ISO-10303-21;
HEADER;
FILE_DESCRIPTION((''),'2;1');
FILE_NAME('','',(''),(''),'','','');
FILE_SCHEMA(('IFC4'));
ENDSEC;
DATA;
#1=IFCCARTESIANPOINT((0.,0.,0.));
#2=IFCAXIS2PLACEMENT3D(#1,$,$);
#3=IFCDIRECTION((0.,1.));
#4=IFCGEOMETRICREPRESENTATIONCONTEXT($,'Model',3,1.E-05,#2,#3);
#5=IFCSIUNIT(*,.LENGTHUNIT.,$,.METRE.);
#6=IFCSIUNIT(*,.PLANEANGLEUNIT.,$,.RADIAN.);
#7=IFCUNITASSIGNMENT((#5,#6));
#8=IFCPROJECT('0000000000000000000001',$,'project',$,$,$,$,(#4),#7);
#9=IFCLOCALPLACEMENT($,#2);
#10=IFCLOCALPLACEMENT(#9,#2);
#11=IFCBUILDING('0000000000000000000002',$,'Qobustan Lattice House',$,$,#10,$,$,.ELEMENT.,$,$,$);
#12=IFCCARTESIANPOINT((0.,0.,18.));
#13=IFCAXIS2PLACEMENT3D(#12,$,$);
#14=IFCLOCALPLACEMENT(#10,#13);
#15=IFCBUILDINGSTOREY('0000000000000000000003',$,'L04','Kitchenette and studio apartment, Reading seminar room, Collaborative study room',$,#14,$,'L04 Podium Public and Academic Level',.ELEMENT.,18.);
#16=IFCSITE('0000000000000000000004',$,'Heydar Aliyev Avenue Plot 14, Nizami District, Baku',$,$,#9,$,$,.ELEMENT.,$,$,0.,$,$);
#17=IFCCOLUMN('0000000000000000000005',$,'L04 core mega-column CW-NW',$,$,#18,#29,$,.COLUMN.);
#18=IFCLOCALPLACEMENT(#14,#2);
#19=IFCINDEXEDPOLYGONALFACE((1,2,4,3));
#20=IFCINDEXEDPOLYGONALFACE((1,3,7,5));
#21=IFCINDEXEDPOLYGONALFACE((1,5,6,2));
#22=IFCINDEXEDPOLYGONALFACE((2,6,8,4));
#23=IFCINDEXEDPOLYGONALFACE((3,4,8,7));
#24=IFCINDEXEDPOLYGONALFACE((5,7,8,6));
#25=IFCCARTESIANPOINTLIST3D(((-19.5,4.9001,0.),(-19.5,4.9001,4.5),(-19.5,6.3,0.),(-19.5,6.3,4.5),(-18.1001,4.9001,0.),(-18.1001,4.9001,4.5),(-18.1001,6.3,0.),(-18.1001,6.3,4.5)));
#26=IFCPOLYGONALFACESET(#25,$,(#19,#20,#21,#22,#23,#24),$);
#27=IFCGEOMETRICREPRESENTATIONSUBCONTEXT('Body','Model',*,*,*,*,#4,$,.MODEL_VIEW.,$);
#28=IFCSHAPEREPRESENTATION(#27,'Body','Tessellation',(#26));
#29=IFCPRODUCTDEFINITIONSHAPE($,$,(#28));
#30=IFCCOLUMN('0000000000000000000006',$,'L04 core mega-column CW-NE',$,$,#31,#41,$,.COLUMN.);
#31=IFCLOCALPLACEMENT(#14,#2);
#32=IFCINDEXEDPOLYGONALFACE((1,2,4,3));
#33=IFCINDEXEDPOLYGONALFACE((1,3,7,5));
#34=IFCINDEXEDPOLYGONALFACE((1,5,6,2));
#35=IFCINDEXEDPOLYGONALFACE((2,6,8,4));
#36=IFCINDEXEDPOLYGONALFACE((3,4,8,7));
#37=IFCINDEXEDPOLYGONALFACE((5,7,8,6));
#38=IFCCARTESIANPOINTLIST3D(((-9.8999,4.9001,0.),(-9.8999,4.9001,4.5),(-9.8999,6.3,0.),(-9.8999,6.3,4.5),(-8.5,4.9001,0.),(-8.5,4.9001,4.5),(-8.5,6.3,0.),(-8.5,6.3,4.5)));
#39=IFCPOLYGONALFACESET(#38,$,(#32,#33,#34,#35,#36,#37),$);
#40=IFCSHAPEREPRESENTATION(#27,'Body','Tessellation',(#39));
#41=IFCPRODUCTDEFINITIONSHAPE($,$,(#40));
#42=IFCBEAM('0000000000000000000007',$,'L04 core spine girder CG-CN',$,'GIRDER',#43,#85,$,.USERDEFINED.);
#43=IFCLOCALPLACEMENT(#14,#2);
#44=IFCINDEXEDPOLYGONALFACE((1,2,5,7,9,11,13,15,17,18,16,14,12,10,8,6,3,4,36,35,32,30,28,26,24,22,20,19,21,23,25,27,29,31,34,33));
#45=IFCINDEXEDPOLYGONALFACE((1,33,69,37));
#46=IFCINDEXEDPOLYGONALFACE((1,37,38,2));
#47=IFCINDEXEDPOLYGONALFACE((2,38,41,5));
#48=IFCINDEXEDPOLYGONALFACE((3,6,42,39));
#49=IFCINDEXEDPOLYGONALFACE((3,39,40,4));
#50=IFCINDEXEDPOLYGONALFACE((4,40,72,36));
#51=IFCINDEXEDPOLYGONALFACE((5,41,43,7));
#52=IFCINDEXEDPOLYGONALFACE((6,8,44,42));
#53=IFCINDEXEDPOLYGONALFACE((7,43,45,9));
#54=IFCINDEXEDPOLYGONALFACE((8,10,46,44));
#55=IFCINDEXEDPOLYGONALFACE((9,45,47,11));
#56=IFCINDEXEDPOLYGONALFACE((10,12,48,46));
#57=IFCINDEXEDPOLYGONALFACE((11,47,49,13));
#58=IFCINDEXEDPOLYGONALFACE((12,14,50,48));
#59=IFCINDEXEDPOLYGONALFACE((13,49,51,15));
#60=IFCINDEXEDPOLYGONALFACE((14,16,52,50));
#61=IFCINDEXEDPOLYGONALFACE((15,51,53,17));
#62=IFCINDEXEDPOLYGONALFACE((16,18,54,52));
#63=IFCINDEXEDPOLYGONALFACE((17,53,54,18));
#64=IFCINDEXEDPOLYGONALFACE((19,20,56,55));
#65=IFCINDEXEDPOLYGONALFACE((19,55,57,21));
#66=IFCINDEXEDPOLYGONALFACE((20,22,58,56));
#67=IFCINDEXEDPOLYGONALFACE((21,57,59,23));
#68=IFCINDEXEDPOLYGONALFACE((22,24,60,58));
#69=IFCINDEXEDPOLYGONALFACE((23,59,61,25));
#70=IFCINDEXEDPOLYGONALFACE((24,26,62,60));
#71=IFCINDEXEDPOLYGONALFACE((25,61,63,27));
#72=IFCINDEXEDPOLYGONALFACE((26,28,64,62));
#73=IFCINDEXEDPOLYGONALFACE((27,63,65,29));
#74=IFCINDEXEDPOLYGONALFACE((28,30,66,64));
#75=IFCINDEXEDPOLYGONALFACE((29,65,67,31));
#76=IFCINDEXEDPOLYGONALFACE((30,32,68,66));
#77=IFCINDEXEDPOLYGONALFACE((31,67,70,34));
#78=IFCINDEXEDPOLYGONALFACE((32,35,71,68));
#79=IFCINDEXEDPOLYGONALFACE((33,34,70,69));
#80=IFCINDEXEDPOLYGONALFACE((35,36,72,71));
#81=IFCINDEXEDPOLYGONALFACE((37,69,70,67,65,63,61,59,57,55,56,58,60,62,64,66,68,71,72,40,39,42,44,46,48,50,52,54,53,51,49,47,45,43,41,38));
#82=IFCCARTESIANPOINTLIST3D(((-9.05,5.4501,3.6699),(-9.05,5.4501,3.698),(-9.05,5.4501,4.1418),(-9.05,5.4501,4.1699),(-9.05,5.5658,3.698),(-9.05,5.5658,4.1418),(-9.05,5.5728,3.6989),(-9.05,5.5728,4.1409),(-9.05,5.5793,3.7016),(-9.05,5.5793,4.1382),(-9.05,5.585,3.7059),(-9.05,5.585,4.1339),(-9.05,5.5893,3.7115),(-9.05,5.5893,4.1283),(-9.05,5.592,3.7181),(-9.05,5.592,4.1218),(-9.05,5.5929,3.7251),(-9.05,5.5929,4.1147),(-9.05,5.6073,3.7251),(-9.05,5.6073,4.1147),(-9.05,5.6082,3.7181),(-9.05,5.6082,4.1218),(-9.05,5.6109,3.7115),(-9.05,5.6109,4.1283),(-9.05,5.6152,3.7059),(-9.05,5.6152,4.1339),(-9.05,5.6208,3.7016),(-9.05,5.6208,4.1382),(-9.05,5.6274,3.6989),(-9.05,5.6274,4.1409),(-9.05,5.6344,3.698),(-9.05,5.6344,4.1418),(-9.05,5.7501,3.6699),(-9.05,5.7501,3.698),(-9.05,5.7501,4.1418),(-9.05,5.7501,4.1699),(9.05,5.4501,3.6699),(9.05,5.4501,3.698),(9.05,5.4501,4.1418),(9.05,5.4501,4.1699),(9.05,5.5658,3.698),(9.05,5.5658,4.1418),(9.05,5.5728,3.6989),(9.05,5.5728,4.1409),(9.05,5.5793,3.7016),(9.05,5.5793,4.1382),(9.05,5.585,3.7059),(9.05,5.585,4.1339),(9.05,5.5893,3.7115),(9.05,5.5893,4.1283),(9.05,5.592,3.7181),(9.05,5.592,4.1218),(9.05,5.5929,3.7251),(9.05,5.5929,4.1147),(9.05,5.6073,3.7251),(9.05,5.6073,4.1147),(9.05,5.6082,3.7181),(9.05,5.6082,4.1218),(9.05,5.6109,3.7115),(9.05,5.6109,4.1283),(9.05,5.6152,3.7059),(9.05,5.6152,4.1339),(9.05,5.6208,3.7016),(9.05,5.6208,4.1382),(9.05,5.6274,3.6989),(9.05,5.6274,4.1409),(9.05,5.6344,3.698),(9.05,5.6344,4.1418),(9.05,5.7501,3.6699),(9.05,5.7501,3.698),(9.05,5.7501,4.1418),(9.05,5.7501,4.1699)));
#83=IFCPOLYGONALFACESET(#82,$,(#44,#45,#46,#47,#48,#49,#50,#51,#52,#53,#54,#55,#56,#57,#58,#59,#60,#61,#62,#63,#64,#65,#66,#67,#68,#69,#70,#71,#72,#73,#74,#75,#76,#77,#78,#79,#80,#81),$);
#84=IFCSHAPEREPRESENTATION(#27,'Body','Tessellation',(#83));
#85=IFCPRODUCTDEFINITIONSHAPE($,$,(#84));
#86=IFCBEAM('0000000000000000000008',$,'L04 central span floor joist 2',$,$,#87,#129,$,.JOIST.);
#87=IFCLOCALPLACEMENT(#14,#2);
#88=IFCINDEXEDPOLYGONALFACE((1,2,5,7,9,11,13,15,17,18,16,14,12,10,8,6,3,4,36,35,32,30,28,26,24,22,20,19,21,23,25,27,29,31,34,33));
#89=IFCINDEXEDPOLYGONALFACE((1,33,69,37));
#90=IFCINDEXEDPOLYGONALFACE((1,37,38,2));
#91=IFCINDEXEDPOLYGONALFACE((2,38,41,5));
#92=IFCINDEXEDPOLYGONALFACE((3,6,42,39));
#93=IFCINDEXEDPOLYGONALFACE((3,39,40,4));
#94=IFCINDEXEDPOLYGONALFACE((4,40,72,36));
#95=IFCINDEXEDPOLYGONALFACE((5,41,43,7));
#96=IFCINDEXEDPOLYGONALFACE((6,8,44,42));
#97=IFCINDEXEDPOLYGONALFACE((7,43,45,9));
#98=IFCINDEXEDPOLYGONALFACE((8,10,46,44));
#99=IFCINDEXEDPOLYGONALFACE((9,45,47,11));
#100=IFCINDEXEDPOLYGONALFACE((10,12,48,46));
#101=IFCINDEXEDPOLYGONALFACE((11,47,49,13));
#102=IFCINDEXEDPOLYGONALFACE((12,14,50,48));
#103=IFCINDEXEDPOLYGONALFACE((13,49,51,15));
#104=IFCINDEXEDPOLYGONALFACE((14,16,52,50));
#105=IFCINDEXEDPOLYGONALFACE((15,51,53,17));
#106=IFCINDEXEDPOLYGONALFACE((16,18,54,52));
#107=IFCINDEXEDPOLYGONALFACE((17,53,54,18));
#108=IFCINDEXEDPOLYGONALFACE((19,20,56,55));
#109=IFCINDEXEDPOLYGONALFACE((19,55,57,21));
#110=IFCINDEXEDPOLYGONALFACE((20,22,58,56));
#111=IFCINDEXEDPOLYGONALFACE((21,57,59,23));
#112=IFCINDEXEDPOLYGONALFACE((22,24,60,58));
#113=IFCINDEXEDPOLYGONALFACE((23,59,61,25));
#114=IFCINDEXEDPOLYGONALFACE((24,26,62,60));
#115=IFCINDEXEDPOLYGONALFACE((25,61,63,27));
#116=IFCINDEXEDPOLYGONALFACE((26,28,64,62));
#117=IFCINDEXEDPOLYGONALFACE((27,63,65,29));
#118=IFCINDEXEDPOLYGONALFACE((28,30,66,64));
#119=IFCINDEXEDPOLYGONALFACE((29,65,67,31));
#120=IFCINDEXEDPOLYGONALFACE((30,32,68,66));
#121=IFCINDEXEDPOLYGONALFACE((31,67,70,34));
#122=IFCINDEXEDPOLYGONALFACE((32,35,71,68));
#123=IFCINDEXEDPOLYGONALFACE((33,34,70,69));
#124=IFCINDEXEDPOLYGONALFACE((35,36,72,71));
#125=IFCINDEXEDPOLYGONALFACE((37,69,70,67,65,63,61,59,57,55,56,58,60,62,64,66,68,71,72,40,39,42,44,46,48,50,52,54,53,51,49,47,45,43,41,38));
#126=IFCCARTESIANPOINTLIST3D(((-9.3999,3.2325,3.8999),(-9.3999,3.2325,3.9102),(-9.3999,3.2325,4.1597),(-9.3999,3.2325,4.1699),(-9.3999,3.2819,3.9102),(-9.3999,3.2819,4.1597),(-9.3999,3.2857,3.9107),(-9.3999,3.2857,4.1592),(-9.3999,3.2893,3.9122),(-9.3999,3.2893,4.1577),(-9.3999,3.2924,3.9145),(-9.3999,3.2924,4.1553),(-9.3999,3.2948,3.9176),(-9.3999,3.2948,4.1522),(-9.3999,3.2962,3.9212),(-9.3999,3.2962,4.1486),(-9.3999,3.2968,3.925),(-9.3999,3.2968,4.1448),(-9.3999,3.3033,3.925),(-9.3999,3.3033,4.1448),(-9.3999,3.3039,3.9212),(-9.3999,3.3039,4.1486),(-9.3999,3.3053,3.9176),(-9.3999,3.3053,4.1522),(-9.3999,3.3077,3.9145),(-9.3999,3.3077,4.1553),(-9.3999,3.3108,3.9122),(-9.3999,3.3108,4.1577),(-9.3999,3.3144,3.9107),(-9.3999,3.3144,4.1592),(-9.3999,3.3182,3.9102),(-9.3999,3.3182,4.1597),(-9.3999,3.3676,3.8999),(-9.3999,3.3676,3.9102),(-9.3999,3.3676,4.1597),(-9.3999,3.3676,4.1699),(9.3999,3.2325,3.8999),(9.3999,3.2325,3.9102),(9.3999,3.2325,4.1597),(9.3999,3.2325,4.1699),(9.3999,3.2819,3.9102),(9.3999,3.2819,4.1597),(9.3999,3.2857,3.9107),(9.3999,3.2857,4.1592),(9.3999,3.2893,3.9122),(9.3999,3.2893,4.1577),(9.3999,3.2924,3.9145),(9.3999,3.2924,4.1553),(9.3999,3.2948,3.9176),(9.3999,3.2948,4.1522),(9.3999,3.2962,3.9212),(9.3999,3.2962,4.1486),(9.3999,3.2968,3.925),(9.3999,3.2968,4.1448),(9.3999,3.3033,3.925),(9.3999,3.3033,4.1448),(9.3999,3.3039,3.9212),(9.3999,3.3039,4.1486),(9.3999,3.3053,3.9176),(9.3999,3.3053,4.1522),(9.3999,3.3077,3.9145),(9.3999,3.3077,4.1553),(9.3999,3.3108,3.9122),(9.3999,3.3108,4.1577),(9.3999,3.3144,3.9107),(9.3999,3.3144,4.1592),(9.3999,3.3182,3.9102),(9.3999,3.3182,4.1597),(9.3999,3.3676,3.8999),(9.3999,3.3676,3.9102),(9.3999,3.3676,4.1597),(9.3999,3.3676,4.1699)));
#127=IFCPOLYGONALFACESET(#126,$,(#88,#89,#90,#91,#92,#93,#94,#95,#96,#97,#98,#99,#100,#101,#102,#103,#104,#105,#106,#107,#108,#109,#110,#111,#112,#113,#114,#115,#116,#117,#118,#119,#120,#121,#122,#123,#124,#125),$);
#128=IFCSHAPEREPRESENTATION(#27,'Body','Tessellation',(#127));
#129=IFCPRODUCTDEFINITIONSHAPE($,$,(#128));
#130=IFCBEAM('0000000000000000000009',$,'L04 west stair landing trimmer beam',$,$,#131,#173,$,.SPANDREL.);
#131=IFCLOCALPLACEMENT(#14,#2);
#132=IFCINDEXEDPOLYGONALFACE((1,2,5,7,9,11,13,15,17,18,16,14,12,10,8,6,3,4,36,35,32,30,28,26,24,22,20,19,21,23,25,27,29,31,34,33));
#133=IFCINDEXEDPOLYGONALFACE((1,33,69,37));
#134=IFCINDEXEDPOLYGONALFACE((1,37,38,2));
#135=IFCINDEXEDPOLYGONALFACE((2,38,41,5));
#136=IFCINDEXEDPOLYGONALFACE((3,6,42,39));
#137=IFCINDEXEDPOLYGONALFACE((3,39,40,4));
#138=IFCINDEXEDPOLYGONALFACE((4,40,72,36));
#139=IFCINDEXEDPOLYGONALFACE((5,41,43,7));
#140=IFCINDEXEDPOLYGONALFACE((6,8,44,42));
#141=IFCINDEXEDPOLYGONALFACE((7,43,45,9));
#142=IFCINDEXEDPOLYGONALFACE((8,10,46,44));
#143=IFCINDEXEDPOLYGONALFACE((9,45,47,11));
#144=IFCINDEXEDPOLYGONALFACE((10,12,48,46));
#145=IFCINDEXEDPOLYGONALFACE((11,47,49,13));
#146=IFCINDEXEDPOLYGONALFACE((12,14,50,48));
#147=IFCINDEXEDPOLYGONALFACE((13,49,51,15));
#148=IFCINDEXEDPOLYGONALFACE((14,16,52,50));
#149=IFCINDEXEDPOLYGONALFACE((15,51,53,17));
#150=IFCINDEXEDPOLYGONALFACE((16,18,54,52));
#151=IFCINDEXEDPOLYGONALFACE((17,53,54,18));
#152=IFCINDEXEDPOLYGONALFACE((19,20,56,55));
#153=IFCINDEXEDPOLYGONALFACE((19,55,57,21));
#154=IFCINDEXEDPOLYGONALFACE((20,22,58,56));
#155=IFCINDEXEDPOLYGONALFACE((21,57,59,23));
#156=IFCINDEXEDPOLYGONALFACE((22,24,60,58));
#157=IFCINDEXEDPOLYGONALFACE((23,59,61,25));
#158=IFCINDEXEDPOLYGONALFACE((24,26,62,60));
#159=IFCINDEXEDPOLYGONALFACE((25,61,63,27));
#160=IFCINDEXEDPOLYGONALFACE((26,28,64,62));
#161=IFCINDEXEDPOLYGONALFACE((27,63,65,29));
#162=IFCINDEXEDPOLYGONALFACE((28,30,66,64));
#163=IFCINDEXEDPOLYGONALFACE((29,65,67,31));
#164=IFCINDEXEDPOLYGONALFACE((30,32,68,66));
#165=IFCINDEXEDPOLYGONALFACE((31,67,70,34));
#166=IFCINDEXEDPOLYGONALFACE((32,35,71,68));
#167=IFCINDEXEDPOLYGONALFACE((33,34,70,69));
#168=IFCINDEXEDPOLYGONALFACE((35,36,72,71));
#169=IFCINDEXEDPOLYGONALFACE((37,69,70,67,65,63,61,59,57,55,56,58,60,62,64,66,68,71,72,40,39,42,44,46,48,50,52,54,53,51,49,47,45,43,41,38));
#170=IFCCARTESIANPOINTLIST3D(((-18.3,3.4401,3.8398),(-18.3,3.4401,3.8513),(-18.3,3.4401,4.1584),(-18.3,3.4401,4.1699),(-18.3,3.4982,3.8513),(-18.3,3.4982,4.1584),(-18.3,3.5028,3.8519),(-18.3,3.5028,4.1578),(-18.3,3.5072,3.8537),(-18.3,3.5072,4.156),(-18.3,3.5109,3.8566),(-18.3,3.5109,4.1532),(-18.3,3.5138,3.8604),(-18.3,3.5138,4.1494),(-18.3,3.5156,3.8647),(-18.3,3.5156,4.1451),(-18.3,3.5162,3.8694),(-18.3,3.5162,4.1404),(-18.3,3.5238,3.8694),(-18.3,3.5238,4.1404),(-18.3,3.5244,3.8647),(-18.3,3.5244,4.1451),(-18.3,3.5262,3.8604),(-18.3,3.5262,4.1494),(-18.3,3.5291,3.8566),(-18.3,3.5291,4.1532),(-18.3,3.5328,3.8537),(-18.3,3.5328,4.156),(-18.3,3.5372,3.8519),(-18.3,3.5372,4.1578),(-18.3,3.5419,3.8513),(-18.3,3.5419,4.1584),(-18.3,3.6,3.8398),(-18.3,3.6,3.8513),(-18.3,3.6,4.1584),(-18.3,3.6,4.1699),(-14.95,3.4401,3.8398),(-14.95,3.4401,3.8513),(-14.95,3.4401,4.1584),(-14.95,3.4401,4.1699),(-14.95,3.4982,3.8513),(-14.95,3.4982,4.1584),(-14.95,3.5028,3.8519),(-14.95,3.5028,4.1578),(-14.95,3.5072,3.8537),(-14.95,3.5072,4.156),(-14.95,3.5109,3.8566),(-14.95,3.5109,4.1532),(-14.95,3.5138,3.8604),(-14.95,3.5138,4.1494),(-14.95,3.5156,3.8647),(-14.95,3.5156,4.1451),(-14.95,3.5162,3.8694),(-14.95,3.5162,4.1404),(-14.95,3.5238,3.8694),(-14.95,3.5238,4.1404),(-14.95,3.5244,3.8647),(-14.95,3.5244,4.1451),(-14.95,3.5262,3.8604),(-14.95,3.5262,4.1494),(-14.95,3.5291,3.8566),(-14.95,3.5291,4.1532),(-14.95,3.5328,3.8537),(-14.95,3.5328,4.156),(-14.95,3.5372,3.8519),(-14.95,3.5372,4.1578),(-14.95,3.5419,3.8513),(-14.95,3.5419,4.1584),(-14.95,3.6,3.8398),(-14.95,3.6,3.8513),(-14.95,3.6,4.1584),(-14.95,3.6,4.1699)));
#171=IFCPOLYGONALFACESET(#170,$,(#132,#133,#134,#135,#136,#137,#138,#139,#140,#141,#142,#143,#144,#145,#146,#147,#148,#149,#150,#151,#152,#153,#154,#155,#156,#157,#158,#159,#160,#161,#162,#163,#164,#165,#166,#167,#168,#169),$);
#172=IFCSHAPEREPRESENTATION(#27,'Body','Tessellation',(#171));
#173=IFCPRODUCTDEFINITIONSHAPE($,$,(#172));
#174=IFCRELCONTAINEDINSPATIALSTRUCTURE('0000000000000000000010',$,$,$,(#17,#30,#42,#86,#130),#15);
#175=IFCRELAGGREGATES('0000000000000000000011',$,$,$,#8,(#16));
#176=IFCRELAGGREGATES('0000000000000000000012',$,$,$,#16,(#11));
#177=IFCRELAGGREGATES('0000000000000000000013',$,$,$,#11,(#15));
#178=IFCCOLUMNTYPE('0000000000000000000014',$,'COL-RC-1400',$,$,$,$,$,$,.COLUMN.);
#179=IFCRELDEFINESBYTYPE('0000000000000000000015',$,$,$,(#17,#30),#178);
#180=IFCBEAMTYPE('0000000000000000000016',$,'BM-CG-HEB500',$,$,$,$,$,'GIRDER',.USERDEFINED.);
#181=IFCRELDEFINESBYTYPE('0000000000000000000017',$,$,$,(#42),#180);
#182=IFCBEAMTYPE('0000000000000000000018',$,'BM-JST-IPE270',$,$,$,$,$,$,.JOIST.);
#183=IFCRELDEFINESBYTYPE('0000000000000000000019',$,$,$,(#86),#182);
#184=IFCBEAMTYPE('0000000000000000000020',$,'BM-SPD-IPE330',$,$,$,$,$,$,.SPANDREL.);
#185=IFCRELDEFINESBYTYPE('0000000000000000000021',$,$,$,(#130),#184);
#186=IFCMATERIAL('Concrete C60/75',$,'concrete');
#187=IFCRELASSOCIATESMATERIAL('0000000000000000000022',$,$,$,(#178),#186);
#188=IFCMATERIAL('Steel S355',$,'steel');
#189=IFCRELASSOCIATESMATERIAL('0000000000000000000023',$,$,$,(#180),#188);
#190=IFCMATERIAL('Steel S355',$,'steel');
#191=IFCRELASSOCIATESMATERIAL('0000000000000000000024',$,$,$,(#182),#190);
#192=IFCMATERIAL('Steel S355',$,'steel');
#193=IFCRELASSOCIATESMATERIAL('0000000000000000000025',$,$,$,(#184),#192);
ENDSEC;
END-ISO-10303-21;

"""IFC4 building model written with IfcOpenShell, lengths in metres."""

from ifc_helpers import new_model, si_unit, direction, frame, origin, origin_2d, place, context, subcontext, project, spatial, rectangle, i_section, extrude, material, material_profile, profile_set, type_object, element, save


model = new_model("IFC4")

# Units and contexts
model_context = context("Model", 3, precision=1e-05, world=origin(), true_north=direction((0.0, 1.0)))
body_context = subcontext(model_context, "Body", "Model", "MODEL_VIEW")
ifc_project = project(units=[si_unit("LENGTHUNIT", "METRE"), si_unit("PLANEANGLEUNIT", "RADIAN")], contexts=[model_context])

# Site, building, storey
site_placement = place(None, origin())
site = spatial("IfcSite", under=ifc_project, at=site_placement, Name="Heydar Aliyev Avenue Plot 14, Nizami District, Baku", CompositionType="ELEMENT", RefElevation=0.0)
building_placement = place(site_placement, origin())
building = spatial("IfcBuilding", under=site, at=building_placement, Name="Qobustan Lattice House", CompositionType="ELEMENT")
storey_placement = place(building_placement, frame((0.0, 0.0, 18.0)))
storey = spatial("IfcBuildingStorey", under=building, at=storey_placement, Name="L04", Description="Kitchenette and studio apartment, Reading seminar room, Collaborative study room", LongName="L04 Podium Public and Academic Level", CompositionType="ELEMENT", Elevation=18.0)

# Columns
ifc_material_1 = material(Name="Concrete C60/75", Category="concrete")
ifc_material_profile_1 = material_profile(ifc_material_1, rectangle(XDim=1.3999, YDim=1.3999, at=origin_2d()), Name="RC1400x1400")
ifc_profile_set_1 = profile_set([ifc_material_profile_1], Name="Concrete C60/75")
column_type = type_object("IfcColumnType", Name="COL-RC-1400", PredefinedType="COLUMN", material=ifc_profile_set_1)
for number, where, z_axis, x_axis, name in (
    (1, (-18.8, 5.6001, 0.0), (0.0, 0.0, 1.0), (1.0, 0.0, 0.0), "L04 core mega-column CW-NW"),
    (2, (-9.2, 5.6001, 0.0), (0.0, 0.0, 1.0), (1.0, 0.0, 0.0), "L04 core mega-column CW-NE"),
):
    element("IfcColumn", number, at=place(storey_placement, frame(where, z_axis=z_axis, x_axis=x_axis)), inside=storey, type_object=column_type, Name=name, PredefinedType="COLUMN", context=body_context, shape_type="SweptSolid", body=[
        extrude(rectangle(XDim=1.3999, YDim=1.3999, at=origin_2d()), origin(), (0.0, 0.0, 1.0), 4.5),
    ])

# Beams
ifc_material_2 = material(Name="Steel S355", Category="steel")
ifc_material_profile_2 = material_profile(ifc_material_2, i_section(OverallWidth=0.3, OverallDepth=0.5, WebThickness=0.0144, FlangeThickness=0.0281, FilletRadius=0.0271, at=origin_2d()), Name="HEB500")
ifc_profile_set_2 = profile_set([ifc_material_profile_2], Name="Steel S355")
beam_type_1 = type_object("IfcBeamType", Name="BM-CG-HEB500", ElementType="GIRDER", PredefinedType="USERDEFINED", material=ifc_profile_set_2)
beam_1_placement = place(storey_placement, frame((-9.05, 5.6001, 3.9199), z_axis=(1.0, 0.0, 0.0), x_axis=(0.0, 1.0, 0.0)))
element("IfcBeam", 3, at=beam_1_placement, inside=storey, type_object=beam_type_1, Name="L04 core spine girder CG-CN", ObjectType="GIRDER", PredefinedType="USERDEFINED", context=body_context, shape_type="SweptSolid", body=[
    extrude(i_section(OverallWidth=0.3, OverallDepth=0.5, WebThickness=0.0144, FlangeThickness=0.0281, FilletRadius=0.0271, at=origin_2d()), origin(), (0.0, 0.0, 1.0), 18.1001),
])
ifc_material_3 = material(Name="Steel S355", Category="steel")
ifc_material_profile_3 = material_profile(ifc_material_3, i_section(OverallWidth=0.135, OverallDepth=0.27, WebThickness=0.0066, FlangeThickness=0.0103, FilletRadius=0.0149, at=origin_2d()), Name="IPE270")
ifc_profile_set_3 = profile_set([ifc_material_profile_3], Name="Steel S355")
beam_type_2 = type_object("IfcBeamType", Name="BM-JST-IPE270", PredefinedType="JOIST", material=ifc_profile_set_3)
beam_2_placement = place(storey_placement, frame((-9.3999, 3.3, 4.0349), z_axis=(1.0, 0.0, 0.0), x_axis=(0.0, 1.0, 0.0)))
element("IfcBeam", 4, at=beam_2_placement, inside=storey, type_object=beam_type_2, Name="L04 central span floor joist 2", PredefinedType="JOIST", context=body_context, shape_type="SweptSolid", body=[
    extrude(i_section(OverallWidth=0.135, OverallDepth=0.27, WebThickness=0.0066, FlangeThickness=0.0103, FilletRadius=0.0149, at=origin_2d()), origin(), (0.0, 0.0, 1.0), 18.7998),
])
ifc_material_4 = material(Name="Steel S355", Category="steel")
ifc_material_profile_4 = material_profile(ifc_material_4, i_section(OverallWidth=0.1599, OverallDepth=0.3301, WebThickness=0.0076, FlangeThickness=0.0115, FilletRadius=0.0181, at=origin_2d()), Name="IPE330")
ifc_profile_set_4 = profile_set([ifc_material_profile_4], Name="Steel S355")
beam_type_3 = type_object("IfcBeamType", Name="BM-SPD-IPE330", PredefinedType="SPANDREL", material=ifc_profile_set_4)
beam_3_placement = place(storey_placement, frame((-18.3, 3.52, 4.0049), z_axis=(1.0, 0.0, 0.0), x_axis=(0.0, 1.0, 0.0)))
element("IfcBeam", 5, at=beam_3_placement, inside=storey, type_object=beam_type_3, Name="L04 west stair landing trimmer beam", PredefinedType="SPANDREL", context=body_context, shape_type="SweptSolid", body=[
    extrude(i_section(OverallWidth=0.1599, OverallDepth=0.3301, WebThickness=0.0076, FlangeThickness=0.0115, FilletRadius=0.0181, at=origin_2d()), origin(), (0.0, 0.0, 1.0), 3.3501),
])

save(model, "model.ifc")
